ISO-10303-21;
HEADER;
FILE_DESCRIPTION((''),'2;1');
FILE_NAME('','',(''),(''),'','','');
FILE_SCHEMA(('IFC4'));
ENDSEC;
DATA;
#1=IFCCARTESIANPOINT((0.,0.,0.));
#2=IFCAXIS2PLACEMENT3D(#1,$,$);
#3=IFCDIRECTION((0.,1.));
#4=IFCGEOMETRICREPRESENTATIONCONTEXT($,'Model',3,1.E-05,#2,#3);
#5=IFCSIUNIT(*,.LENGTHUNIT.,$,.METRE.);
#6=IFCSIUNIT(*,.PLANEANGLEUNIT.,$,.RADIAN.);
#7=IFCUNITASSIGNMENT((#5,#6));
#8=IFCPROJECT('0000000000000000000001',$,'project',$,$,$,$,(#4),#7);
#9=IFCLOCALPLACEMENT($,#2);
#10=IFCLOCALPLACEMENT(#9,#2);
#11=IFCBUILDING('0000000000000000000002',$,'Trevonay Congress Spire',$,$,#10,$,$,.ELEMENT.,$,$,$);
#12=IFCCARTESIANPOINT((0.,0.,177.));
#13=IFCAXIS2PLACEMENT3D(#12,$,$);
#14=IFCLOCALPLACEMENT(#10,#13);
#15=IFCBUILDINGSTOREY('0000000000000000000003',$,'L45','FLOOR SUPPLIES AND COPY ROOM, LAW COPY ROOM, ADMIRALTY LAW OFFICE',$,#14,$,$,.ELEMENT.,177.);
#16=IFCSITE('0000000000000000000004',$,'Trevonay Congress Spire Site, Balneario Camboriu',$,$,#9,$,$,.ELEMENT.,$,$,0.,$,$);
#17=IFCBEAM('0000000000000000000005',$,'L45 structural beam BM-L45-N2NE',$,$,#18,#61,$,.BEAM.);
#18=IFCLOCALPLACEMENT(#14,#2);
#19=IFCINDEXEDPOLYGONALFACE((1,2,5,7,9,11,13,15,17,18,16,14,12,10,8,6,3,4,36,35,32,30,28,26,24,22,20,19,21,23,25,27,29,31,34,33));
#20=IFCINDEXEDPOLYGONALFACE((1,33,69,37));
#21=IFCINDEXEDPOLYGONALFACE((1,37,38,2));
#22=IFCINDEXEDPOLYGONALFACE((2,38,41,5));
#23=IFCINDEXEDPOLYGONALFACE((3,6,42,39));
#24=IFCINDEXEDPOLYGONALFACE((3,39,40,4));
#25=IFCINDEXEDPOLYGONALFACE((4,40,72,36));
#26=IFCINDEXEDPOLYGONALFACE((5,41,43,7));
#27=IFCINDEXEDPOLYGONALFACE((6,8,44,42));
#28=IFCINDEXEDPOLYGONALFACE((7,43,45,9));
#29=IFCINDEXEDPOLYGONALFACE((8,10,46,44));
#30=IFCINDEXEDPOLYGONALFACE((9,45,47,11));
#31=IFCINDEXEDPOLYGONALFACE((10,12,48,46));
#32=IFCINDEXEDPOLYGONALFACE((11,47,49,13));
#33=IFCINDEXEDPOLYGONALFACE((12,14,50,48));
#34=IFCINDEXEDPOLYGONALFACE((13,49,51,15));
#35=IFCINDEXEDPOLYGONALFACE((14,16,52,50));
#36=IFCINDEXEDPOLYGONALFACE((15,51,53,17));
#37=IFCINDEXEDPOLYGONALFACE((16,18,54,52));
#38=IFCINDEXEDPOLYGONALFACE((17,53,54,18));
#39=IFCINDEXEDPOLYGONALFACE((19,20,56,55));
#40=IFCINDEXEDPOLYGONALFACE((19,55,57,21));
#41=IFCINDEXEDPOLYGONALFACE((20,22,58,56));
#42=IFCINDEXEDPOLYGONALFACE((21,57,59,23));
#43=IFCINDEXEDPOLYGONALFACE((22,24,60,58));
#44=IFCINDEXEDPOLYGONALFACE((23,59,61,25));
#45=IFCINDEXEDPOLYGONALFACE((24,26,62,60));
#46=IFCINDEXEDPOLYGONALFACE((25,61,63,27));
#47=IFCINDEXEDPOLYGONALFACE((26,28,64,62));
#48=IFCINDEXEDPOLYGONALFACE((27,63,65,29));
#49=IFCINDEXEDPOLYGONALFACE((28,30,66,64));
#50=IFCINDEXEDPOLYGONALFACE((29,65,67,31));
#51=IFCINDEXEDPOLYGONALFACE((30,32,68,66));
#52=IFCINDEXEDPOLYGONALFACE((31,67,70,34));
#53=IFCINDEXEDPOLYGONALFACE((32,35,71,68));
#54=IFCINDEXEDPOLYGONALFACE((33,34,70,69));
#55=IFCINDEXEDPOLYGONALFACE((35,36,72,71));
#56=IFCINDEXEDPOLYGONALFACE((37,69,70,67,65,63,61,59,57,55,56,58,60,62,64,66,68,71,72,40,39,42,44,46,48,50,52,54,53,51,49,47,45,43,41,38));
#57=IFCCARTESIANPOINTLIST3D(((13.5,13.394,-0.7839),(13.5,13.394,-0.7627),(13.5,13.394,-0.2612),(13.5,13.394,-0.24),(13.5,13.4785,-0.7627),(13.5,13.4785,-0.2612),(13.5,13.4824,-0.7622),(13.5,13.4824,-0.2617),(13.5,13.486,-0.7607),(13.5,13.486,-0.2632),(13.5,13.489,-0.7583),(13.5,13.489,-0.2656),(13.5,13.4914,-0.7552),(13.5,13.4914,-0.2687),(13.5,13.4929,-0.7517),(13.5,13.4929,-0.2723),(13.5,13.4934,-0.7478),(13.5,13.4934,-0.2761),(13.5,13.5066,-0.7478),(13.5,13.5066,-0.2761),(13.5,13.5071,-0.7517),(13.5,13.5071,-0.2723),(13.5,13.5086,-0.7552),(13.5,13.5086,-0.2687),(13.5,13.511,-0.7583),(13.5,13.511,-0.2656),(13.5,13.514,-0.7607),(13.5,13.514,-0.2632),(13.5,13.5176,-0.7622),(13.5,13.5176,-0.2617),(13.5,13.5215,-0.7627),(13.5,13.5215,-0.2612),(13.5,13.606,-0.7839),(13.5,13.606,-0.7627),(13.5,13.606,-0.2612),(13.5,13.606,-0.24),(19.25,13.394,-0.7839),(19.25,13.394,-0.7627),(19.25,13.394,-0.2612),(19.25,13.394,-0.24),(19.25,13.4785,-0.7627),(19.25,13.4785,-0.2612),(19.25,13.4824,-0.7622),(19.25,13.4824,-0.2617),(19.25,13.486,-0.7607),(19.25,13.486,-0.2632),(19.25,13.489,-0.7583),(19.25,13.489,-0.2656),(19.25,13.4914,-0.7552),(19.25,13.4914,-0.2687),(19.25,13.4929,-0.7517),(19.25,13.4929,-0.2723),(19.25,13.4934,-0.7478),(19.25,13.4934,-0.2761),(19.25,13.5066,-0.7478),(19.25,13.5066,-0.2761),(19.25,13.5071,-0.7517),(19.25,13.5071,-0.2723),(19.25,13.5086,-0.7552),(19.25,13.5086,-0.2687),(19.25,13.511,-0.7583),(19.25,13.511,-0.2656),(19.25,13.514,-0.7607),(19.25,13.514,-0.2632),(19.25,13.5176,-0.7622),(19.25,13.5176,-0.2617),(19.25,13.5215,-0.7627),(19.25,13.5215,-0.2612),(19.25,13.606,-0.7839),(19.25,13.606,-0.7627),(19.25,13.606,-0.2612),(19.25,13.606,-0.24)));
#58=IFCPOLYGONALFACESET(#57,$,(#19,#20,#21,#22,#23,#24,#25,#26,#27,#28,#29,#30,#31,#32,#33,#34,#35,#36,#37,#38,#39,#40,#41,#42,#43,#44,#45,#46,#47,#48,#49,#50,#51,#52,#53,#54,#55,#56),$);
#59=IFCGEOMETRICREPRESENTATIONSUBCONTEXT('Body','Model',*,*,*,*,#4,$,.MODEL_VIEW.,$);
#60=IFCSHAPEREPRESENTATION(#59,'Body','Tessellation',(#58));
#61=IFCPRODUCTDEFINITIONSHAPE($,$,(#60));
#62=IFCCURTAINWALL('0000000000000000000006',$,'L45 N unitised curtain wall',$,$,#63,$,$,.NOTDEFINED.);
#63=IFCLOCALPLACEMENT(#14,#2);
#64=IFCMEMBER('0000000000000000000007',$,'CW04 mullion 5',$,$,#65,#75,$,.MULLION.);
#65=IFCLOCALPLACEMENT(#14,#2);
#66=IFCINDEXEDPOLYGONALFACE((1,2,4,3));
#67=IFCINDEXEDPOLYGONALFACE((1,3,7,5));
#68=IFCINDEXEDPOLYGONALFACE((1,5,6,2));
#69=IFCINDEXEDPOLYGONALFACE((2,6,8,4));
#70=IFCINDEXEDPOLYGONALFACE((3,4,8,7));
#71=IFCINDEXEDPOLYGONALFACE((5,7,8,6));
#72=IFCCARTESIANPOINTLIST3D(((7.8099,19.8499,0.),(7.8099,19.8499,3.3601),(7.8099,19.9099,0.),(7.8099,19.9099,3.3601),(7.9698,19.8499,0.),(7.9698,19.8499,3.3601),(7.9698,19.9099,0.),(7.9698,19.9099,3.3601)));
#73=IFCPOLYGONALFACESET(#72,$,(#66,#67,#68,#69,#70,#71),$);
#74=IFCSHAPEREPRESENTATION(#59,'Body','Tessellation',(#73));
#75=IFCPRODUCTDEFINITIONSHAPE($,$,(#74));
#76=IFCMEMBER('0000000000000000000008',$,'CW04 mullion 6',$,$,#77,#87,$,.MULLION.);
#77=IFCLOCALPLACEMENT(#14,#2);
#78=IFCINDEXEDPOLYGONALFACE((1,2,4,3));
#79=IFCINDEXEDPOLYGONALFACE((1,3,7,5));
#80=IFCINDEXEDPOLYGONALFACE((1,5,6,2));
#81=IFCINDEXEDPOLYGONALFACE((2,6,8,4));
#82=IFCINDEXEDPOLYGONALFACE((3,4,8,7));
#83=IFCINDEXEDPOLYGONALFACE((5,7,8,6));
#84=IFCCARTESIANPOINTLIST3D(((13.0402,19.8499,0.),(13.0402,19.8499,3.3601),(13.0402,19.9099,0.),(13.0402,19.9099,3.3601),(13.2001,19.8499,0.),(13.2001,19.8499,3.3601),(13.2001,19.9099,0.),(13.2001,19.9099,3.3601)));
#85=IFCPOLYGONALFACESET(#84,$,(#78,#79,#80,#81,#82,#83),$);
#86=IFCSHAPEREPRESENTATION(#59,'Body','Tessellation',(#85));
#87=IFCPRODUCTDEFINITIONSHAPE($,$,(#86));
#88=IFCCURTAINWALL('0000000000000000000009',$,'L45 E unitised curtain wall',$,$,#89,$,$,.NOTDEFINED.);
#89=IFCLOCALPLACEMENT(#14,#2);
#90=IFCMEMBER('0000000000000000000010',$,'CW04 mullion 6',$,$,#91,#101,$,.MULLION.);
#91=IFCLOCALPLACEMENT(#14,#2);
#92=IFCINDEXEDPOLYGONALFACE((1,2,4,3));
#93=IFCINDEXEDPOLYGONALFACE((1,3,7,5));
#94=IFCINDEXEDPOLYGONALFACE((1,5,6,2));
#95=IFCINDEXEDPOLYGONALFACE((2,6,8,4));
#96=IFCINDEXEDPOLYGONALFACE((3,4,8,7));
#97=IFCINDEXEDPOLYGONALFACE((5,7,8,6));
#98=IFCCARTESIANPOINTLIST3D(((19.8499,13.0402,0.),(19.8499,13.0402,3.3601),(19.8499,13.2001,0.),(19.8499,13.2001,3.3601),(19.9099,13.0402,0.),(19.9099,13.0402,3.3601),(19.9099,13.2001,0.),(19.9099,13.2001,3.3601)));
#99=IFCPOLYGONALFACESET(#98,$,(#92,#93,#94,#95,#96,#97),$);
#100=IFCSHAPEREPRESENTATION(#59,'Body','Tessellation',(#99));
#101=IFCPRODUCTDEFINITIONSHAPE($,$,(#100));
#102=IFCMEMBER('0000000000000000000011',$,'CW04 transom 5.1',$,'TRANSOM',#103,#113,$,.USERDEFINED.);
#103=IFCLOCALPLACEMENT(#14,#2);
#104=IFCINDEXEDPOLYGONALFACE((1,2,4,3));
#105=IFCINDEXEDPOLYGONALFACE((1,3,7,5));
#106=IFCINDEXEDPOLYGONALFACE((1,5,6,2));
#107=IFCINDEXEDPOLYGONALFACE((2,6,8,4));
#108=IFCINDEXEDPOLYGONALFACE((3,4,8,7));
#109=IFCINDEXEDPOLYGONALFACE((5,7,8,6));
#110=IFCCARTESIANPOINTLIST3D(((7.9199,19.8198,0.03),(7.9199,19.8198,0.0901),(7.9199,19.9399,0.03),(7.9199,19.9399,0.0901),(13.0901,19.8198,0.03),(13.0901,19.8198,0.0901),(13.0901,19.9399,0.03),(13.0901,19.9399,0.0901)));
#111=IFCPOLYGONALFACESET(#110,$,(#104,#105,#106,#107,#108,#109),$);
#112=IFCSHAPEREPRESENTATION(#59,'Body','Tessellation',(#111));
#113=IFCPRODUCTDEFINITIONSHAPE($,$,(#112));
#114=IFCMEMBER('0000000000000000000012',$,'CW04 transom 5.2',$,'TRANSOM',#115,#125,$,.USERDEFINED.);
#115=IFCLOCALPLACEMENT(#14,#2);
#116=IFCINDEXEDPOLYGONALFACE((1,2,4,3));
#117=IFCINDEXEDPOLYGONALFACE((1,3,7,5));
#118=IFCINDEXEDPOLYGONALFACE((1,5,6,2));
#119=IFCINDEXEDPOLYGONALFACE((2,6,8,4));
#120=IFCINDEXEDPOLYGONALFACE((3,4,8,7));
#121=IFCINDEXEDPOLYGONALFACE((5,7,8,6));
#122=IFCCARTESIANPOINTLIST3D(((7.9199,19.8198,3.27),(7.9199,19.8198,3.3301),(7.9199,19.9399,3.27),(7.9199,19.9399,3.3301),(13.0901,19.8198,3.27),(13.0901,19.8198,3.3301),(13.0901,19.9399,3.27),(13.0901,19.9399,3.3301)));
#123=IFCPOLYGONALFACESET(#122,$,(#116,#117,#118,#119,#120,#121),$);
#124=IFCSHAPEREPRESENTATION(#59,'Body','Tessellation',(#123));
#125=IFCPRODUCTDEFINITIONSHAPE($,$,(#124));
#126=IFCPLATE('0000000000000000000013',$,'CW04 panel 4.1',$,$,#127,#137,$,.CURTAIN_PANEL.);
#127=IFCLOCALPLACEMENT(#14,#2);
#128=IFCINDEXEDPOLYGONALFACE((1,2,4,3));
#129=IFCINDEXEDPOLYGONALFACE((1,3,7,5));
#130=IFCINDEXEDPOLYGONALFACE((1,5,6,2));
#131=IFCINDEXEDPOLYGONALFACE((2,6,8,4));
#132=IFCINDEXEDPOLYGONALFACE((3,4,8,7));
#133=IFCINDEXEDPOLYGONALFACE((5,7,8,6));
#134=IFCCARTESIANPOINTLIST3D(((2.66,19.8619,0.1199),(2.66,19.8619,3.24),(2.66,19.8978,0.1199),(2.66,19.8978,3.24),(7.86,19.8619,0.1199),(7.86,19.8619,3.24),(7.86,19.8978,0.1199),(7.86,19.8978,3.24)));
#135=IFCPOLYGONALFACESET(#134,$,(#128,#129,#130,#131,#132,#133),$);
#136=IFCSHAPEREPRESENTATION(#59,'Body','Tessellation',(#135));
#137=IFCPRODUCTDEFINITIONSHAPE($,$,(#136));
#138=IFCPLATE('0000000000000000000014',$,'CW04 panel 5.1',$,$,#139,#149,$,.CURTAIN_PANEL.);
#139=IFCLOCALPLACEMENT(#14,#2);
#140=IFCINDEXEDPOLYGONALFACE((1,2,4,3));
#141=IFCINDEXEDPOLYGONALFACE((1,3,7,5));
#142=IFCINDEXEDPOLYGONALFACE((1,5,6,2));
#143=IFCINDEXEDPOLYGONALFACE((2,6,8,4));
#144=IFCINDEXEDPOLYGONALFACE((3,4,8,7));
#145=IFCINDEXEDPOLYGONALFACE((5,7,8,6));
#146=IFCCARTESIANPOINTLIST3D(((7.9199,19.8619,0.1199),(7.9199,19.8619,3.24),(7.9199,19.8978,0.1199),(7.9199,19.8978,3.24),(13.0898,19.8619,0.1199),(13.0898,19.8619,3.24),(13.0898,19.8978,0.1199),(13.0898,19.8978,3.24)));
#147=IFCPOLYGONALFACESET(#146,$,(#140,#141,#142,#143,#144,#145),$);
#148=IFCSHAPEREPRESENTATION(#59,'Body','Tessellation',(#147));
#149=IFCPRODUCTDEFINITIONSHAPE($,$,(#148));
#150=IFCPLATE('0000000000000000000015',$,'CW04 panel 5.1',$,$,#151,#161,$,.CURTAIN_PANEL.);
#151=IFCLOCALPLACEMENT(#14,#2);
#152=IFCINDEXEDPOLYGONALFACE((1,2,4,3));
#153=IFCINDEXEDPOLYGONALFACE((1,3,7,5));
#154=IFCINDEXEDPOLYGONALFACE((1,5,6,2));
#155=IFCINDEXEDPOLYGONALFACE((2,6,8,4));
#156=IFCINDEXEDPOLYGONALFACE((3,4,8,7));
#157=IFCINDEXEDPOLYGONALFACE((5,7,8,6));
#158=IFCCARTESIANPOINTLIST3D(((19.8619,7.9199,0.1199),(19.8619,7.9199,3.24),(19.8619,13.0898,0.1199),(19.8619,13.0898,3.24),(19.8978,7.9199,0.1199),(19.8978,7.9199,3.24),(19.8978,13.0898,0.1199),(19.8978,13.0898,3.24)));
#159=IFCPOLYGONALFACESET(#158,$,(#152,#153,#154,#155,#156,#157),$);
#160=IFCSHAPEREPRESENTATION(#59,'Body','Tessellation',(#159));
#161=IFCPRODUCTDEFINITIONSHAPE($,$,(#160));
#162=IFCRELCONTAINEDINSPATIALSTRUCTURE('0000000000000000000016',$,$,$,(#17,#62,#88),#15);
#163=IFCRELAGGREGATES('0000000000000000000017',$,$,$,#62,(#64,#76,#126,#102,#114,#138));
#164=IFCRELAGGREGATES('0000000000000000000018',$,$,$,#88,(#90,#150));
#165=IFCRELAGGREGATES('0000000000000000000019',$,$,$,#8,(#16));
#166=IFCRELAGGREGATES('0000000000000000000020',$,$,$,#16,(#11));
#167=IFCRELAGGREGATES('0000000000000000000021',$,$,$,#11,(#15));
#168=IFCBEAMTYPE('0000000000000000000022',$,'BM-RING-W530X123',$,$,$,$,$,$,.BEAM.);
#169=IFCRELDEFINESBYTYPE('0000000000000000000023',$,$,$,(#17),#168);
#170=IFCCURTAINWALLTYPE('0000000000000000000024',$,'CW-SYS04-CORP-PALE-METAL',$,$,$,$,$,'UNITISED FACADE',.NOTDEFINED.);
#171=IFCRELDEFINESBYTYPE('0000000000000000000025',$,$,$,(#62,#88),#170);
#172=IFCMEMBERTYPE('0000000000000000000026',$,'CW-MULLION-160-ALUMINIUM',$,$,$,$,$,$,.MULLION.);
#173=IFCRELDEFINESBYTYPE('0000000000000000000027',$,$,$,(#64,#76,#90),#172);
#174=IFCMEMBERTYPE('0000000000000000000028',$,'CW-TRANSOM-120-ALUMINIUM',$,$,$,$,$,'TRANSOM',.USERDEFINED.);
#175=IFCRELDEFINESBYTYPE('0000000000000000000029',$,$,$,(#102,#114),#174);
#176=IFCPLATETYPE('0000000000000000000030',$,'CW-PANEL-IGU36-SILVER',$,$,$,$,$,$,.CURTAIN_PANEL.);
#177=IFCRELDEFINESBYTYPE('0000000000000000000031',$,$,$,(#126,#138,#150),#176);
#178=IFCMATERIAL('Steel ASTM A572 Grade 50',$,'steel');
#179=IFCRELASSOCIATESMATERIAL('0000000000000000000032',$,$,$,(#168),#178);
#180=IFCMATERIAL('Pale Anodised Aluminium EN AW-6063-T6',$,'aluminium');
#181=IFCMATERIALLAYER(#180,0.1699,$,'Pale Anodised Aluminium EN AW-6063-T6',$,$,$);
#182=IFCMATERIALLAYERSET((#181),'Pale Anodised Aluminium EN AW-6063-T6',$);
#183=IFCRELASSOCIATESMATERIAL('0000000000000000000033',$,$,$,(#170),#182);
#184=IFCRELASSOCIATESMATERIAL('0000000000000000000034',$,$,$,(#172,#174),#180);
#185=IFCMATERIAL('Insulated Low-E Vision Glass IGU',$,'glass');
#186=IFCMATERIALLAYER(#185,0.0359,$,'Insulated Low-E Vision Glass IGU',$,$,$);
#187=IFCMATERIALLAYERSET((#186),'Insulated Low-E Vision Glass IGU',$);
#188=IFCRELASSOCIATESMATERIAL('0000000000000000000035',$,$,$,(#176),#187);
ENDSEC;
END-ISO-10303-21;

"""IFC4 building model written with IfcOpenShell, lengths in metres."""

from ifc_helpers import new_model, si_unit, direction, frame, origin, origin_2d, place, context, subcontext, project, spatial, rectangle, i_section, extrude, material, layer, layer_set, material_profile, profile_set, type_object, element, aggregate, save


model = new_model("IFC4")

# Units and contexts
model_context = context("Model", 3, precision=1e-05, world=origin(), true_north=direction((0.0, 1.0)))
body_context = subcontext(model_context, "Body", "Model", "MODEL_VIEW")
ifc_project = project(units=[si_unit("LENGTHUNIT", "METRE"), si_unit("PLANEANGLEUNIT", "RADIAN")], contexts=[model_context])

# Site, building, storey
site_placement = place(None, origin())
site = spatial("IfcSite", under=ifc_project, at=site_placement, Name="Trevonay Congress Spire Site, Balneario Camboriu", CompositionType="ELEMENT", RefElevation=0.0)
building_placement = place(site_placement, origin())
building = spatial("IfcBuilding", under=site, at=building_placement, Name="Trevonay Congress Spire", CompositionType="ELEMENT")
storey_placement = place(building_placement, frame((0.0, 0.0, 177.0)))
storey = spatial("IfcBuildingStorey", under=building, at=storey_placement, Name="L45", Description="FLOOR SUPPLIES AND COPY ROOM, LAW COPY ROOM, ADMIRALTY LAW OFFICE", CompositionType="ELEMENT", Elevation=177.0)

# Shared definitions
ifc_material_1 = material(Name="Steel ASTM A572 Grade 50", Category="steel")

# Beam
ifc_material_profile_1 = material_profile(ifc_material_1, i_section(OverallWidth=0.2119, OverallDepth=0.5439, WebThickness=0.0132, FlangeThickness=0.0212, FilletRadius=0.0149, at=origin_2d()), Name="W530x123")
ifc_profile_set_1 = profile_set([ifc_material_profile_1], Name="Steel ASTM A572 Grade 50")
beam_type = type_object("IfcBeamType", Name="BM-RING-W530X123", PredefinedType="BEAM", material=ifc_profile_set_1)
for number, where, z_axis, x_axis, name in (
    (1, (19.25, 13.5, -0.512), (-1.0, 0.0, 0.0), (0.0, -1.0, 0.0), "L45 structural beam BM-L45-N2NE"),
):
    element("IfcBeam", number, at=place(storey_placement, frame(where, z_axis=z_axis, x_axis=x_axis)), inside=storey, type_object=beam_type, Name=name, PredefinedType="BEAM", context=body_context, shape_type="SweptSolid", body=[
        extrude(i_section(OverallWidth=0.2119, OverallDepth=0.5439, WebThickness=0.0132, FlangeThickness=0.0212, FilletRadius=0.0149, at=origin_2d()), origin(), (0.0, 0.0, 1.0), 5.75),
    ])

# Curtain wall, members
ifc_material_2 = material(Name="Pale Anodised Aluminium EN AW-6063-T6", Category="aluminium")
ifc_layer_1 = layer(ifc_material_2, 0.1699, Name="Pale Anodised Aluminium EN AW-6063-T6")
ifc_layer_set_1 = layer_set([ifc_layer_1], Name="Pale Anodised Aluminium EN AW-6063-T6")
curtain_wall_type = type_object("IfcCurtainWallType", Name="CW-SYS04-CORP-PALE-METAL", ElementType="UNITISED FACADE", PredefinedType="NOTDEFINED", material=ifc_layer_set_1)
curtain_wall_1_placement = place(storey_placement, origin())
curtain_wall_1 = element("IfcCurtainWall", 2, at=curtain_wall_1_placement, inside=storey, type_object=curtain_wall_type, Name="L45 N unitised curtain wall", PredefinedType="NOTDEFINED")
ifc_material_profile_2 = material_profile(ifc_material_2, rectangle(XDim=0.0601, YDim=0.1599, at=origin_2d()), Name="CW-MULLION-160-ALUMINIUM")
ifc_profile_set_2 = profile_set([ifc_material_profile_2], Name="Pale Anodised Aluminium EN AW-6063-T6")
member_type_1 = type_object("IfcMemberType", Name="CW-MULLION-160-ALUMINIUM", PredefinedType="MULLION", material=ifc_profile_set_2)
member_1_placement = place(storey_placement, frame((7.8899, 19.8799, 0.0), z_axis=(0.0, 0.0, 1.0), x_axis=(0.0, 1.0, 0.0)))
member_1 = element("IfcMember", 3, at=member_1_placement, type_object=member_type_1, Name="CW04 mullion 5", PredefinedType="MULLION", context=body_context, shape_type="SweptSolid", body=[
    extrude(rectangle(XDim=0.0601, YDim=0.1599, at=origin_2d()), origin(), (0.0, 0.0, 1.0), 3.3601),
])
member_2_placement = place(storey_placement, frame((13.1201, 19.8799, 0.0), z_axis=(0.0, 0.0, 1.0), x_axis=(0.0, 1.0, 0.0)))
member_2 = element("IfcMember", 4, at=member_2_placement, type_object=member_type_1, Name="CW04 mullion 6", PredefinedType="MULLION", context=body_context, shape_type="SweptSolid", body=[
    extrude(rectangle(XDim=0.0601, YDim=0.1599, at=origin_2d()), origin(), (0.0, 0.0, 1.0), 3.3601),
])

# Curtain wall, member
curtain_wall_2_placement = place(storey_placement, origin())
curtain_wall_2 = element("IfcCurtainWall", 5, at=curtain_wall_2_placement, inside=storey, type_object=curtain_wall_type, Name="L45 E unitised curtain wall", PredefinedType="NOTDEFINED")
member_3_placement = place(storey_placement, frame((19.8799, 13.1201, 0.0), z_axis=(0.0, 0.0, 1.0), x_axis=(-1.0, 0.0, 0.0)))
member_3 = element("IfcMember", 6, at=member_3_placement, type_object=member_type_1, Name="CW04 mullion 6", PredefinedType="MULLION", context=body_context, shape_type="SweptSolid", body=[
    extrude(rectangle(XDim=0.0601, YDim=0.1599, at=origin_2d()), origin(), (0.0, 0.0, 1.0), 3.3601),
])

# Members
ifc_material_profile_3 = material_profile(ifc_material_2, rectangle(XDim=0.1201, YDim=0.0601, at=origin_2d()), Name="CW-TRANSOM-120-ALUMINIUM")
ifc_profile_set_3 = profile_set([ifc_material_profile_3], Name="Pale Anodised Aluminium EN AW-6063-T6")
member_type_2 = type_object("IfcMemberType", Name="CW-TRANSOM-120-ALUMINIUM", ElementType="TRANSOM", PredefinedType="USERDEFINED", material=ifc_profile_set_3)
member_4_placement = place(storey_placement, frame((7.9199, 19.8799, 0.0601), z_axis=(1.0, 0.0, 0.0), x_axis=(0.0, 1.0, 0.0)))
member_4 = element("IfcMember", 7, at=member_4_placement, type_object=member_type_2, Name="CW04 transom 5.1", ObjectType="TRANSOM", PredefinedType="USERDEFINED", context=body_context, shape_type="SweptSolid", body=[
    extrude(rectangle(XDim=0.1201, YDim=0.0601, at=origin_2d()), origin(), (0.0, 0.0, 1.0), 5.1702),
])
member_5_placement = place(storey_placement, frame((7.9199, 19.8799, 3.3), z_axis=(1.0, 0.0, 0.0), x_axis=(0.0, 1.0, 0.0)))
member_5 = element("IfcMember", 8, at=member_5_placement, type_object=member_type_2, Name="CW04 transom 5.2", ObjectType="TRANSOM", PredefinedType="USERDEFINED", context=body_context, shape_type="SweptSolid", body=[
    extrude(rectangle(XDim=0.1201, YDim=0.0601, at=origin_2d()), origin(), (0.0, 0.0, 1.0), 5.1702),
])

# Plates
ifc_material_3 = material(Name="Insulated Low-E Vision Glass IGU", Category="glass")
ifc_layer_2 = layer(ifc_material_3, 0.0359, Name="Insulated Low-E Vision Glass IGU")
ifc_layer_set_2 = layer_set([ifc_layer_2], Name="Insulated Low-E Vision Glass IGU")
plate_type = type_object("IfcPlateType", Name="CW-PANEL-IGU36-SILVER", PredefinedType="CURTAIN_PANEL", material=ifc_layer_set_2)
plate_1_placement = place(storey_placement, frame((5.26, 19.8799, 0.1199), z_axis=(0.0, 0.0, 1.0), x_axis=(1.0, 0.0, 0.0)))
plate_1 = element("IfcPlate", 9, at=plate_1_placement, type_object=plate_type, Name="CW04 panel 4.1", PredefinedType="CURTAIN_PANEL", context=body_context, shape_type="SweptSolid", body=[
    extrude(rectangle(XDim=5.2, YDim=0.0359, at=origin_2d()), origin(), (0.0, 0.0, 1.0), 3.1201),
])
plate_2_placement = place(storey_placement, frame((10.5049, 19.8799, 0.1199), z_axis=(0.0, 0.0, 1.0), x_axis=(1.0, 0.0, 0.0)))
plate_2 = element("IfcPlate", 10, at=plate_2_placement, type_object=plate_type, Name="CW04 panel 5.1", PredefinedType="CURTAIN_PANEL", context=body_context, shape_type="SweptSolid", body=[
    extrude(rectangle(XDim=5.1699, YDim=0.0359, at=origin_2d()), origin(), (0.0, 0.0, 1.0), 3.1201),
])
aggregate(curtain_wall_1, [member_1, member_2, plate_1, member_4, member_5, plate_2])
plate_3_placement = place(storey_placement, frame((19.8799, 10.5049, 0.1199), z_axis=(0.0, 0.0, 1.0), x_axis=(0.0, 1.0, 0.0)))
plate_3 = element("IfcPlate", 11, at=plate_3_placement, type_object=plate_type, Name="CW04 panel 5.1", PredefinedType="CURTAIN_PANEL", context=body_context, shape_type="SweptSolid", body=[
    extrude(rectangle(XDim=5.1699, YDim=0.0359, at=origin_2d()), origin(), (0.0, 0.0, 1.0), 3.1201),
])
aggregate(curtain_wall_2, [member_3, plate_3])

save(model, "model.ifc")
